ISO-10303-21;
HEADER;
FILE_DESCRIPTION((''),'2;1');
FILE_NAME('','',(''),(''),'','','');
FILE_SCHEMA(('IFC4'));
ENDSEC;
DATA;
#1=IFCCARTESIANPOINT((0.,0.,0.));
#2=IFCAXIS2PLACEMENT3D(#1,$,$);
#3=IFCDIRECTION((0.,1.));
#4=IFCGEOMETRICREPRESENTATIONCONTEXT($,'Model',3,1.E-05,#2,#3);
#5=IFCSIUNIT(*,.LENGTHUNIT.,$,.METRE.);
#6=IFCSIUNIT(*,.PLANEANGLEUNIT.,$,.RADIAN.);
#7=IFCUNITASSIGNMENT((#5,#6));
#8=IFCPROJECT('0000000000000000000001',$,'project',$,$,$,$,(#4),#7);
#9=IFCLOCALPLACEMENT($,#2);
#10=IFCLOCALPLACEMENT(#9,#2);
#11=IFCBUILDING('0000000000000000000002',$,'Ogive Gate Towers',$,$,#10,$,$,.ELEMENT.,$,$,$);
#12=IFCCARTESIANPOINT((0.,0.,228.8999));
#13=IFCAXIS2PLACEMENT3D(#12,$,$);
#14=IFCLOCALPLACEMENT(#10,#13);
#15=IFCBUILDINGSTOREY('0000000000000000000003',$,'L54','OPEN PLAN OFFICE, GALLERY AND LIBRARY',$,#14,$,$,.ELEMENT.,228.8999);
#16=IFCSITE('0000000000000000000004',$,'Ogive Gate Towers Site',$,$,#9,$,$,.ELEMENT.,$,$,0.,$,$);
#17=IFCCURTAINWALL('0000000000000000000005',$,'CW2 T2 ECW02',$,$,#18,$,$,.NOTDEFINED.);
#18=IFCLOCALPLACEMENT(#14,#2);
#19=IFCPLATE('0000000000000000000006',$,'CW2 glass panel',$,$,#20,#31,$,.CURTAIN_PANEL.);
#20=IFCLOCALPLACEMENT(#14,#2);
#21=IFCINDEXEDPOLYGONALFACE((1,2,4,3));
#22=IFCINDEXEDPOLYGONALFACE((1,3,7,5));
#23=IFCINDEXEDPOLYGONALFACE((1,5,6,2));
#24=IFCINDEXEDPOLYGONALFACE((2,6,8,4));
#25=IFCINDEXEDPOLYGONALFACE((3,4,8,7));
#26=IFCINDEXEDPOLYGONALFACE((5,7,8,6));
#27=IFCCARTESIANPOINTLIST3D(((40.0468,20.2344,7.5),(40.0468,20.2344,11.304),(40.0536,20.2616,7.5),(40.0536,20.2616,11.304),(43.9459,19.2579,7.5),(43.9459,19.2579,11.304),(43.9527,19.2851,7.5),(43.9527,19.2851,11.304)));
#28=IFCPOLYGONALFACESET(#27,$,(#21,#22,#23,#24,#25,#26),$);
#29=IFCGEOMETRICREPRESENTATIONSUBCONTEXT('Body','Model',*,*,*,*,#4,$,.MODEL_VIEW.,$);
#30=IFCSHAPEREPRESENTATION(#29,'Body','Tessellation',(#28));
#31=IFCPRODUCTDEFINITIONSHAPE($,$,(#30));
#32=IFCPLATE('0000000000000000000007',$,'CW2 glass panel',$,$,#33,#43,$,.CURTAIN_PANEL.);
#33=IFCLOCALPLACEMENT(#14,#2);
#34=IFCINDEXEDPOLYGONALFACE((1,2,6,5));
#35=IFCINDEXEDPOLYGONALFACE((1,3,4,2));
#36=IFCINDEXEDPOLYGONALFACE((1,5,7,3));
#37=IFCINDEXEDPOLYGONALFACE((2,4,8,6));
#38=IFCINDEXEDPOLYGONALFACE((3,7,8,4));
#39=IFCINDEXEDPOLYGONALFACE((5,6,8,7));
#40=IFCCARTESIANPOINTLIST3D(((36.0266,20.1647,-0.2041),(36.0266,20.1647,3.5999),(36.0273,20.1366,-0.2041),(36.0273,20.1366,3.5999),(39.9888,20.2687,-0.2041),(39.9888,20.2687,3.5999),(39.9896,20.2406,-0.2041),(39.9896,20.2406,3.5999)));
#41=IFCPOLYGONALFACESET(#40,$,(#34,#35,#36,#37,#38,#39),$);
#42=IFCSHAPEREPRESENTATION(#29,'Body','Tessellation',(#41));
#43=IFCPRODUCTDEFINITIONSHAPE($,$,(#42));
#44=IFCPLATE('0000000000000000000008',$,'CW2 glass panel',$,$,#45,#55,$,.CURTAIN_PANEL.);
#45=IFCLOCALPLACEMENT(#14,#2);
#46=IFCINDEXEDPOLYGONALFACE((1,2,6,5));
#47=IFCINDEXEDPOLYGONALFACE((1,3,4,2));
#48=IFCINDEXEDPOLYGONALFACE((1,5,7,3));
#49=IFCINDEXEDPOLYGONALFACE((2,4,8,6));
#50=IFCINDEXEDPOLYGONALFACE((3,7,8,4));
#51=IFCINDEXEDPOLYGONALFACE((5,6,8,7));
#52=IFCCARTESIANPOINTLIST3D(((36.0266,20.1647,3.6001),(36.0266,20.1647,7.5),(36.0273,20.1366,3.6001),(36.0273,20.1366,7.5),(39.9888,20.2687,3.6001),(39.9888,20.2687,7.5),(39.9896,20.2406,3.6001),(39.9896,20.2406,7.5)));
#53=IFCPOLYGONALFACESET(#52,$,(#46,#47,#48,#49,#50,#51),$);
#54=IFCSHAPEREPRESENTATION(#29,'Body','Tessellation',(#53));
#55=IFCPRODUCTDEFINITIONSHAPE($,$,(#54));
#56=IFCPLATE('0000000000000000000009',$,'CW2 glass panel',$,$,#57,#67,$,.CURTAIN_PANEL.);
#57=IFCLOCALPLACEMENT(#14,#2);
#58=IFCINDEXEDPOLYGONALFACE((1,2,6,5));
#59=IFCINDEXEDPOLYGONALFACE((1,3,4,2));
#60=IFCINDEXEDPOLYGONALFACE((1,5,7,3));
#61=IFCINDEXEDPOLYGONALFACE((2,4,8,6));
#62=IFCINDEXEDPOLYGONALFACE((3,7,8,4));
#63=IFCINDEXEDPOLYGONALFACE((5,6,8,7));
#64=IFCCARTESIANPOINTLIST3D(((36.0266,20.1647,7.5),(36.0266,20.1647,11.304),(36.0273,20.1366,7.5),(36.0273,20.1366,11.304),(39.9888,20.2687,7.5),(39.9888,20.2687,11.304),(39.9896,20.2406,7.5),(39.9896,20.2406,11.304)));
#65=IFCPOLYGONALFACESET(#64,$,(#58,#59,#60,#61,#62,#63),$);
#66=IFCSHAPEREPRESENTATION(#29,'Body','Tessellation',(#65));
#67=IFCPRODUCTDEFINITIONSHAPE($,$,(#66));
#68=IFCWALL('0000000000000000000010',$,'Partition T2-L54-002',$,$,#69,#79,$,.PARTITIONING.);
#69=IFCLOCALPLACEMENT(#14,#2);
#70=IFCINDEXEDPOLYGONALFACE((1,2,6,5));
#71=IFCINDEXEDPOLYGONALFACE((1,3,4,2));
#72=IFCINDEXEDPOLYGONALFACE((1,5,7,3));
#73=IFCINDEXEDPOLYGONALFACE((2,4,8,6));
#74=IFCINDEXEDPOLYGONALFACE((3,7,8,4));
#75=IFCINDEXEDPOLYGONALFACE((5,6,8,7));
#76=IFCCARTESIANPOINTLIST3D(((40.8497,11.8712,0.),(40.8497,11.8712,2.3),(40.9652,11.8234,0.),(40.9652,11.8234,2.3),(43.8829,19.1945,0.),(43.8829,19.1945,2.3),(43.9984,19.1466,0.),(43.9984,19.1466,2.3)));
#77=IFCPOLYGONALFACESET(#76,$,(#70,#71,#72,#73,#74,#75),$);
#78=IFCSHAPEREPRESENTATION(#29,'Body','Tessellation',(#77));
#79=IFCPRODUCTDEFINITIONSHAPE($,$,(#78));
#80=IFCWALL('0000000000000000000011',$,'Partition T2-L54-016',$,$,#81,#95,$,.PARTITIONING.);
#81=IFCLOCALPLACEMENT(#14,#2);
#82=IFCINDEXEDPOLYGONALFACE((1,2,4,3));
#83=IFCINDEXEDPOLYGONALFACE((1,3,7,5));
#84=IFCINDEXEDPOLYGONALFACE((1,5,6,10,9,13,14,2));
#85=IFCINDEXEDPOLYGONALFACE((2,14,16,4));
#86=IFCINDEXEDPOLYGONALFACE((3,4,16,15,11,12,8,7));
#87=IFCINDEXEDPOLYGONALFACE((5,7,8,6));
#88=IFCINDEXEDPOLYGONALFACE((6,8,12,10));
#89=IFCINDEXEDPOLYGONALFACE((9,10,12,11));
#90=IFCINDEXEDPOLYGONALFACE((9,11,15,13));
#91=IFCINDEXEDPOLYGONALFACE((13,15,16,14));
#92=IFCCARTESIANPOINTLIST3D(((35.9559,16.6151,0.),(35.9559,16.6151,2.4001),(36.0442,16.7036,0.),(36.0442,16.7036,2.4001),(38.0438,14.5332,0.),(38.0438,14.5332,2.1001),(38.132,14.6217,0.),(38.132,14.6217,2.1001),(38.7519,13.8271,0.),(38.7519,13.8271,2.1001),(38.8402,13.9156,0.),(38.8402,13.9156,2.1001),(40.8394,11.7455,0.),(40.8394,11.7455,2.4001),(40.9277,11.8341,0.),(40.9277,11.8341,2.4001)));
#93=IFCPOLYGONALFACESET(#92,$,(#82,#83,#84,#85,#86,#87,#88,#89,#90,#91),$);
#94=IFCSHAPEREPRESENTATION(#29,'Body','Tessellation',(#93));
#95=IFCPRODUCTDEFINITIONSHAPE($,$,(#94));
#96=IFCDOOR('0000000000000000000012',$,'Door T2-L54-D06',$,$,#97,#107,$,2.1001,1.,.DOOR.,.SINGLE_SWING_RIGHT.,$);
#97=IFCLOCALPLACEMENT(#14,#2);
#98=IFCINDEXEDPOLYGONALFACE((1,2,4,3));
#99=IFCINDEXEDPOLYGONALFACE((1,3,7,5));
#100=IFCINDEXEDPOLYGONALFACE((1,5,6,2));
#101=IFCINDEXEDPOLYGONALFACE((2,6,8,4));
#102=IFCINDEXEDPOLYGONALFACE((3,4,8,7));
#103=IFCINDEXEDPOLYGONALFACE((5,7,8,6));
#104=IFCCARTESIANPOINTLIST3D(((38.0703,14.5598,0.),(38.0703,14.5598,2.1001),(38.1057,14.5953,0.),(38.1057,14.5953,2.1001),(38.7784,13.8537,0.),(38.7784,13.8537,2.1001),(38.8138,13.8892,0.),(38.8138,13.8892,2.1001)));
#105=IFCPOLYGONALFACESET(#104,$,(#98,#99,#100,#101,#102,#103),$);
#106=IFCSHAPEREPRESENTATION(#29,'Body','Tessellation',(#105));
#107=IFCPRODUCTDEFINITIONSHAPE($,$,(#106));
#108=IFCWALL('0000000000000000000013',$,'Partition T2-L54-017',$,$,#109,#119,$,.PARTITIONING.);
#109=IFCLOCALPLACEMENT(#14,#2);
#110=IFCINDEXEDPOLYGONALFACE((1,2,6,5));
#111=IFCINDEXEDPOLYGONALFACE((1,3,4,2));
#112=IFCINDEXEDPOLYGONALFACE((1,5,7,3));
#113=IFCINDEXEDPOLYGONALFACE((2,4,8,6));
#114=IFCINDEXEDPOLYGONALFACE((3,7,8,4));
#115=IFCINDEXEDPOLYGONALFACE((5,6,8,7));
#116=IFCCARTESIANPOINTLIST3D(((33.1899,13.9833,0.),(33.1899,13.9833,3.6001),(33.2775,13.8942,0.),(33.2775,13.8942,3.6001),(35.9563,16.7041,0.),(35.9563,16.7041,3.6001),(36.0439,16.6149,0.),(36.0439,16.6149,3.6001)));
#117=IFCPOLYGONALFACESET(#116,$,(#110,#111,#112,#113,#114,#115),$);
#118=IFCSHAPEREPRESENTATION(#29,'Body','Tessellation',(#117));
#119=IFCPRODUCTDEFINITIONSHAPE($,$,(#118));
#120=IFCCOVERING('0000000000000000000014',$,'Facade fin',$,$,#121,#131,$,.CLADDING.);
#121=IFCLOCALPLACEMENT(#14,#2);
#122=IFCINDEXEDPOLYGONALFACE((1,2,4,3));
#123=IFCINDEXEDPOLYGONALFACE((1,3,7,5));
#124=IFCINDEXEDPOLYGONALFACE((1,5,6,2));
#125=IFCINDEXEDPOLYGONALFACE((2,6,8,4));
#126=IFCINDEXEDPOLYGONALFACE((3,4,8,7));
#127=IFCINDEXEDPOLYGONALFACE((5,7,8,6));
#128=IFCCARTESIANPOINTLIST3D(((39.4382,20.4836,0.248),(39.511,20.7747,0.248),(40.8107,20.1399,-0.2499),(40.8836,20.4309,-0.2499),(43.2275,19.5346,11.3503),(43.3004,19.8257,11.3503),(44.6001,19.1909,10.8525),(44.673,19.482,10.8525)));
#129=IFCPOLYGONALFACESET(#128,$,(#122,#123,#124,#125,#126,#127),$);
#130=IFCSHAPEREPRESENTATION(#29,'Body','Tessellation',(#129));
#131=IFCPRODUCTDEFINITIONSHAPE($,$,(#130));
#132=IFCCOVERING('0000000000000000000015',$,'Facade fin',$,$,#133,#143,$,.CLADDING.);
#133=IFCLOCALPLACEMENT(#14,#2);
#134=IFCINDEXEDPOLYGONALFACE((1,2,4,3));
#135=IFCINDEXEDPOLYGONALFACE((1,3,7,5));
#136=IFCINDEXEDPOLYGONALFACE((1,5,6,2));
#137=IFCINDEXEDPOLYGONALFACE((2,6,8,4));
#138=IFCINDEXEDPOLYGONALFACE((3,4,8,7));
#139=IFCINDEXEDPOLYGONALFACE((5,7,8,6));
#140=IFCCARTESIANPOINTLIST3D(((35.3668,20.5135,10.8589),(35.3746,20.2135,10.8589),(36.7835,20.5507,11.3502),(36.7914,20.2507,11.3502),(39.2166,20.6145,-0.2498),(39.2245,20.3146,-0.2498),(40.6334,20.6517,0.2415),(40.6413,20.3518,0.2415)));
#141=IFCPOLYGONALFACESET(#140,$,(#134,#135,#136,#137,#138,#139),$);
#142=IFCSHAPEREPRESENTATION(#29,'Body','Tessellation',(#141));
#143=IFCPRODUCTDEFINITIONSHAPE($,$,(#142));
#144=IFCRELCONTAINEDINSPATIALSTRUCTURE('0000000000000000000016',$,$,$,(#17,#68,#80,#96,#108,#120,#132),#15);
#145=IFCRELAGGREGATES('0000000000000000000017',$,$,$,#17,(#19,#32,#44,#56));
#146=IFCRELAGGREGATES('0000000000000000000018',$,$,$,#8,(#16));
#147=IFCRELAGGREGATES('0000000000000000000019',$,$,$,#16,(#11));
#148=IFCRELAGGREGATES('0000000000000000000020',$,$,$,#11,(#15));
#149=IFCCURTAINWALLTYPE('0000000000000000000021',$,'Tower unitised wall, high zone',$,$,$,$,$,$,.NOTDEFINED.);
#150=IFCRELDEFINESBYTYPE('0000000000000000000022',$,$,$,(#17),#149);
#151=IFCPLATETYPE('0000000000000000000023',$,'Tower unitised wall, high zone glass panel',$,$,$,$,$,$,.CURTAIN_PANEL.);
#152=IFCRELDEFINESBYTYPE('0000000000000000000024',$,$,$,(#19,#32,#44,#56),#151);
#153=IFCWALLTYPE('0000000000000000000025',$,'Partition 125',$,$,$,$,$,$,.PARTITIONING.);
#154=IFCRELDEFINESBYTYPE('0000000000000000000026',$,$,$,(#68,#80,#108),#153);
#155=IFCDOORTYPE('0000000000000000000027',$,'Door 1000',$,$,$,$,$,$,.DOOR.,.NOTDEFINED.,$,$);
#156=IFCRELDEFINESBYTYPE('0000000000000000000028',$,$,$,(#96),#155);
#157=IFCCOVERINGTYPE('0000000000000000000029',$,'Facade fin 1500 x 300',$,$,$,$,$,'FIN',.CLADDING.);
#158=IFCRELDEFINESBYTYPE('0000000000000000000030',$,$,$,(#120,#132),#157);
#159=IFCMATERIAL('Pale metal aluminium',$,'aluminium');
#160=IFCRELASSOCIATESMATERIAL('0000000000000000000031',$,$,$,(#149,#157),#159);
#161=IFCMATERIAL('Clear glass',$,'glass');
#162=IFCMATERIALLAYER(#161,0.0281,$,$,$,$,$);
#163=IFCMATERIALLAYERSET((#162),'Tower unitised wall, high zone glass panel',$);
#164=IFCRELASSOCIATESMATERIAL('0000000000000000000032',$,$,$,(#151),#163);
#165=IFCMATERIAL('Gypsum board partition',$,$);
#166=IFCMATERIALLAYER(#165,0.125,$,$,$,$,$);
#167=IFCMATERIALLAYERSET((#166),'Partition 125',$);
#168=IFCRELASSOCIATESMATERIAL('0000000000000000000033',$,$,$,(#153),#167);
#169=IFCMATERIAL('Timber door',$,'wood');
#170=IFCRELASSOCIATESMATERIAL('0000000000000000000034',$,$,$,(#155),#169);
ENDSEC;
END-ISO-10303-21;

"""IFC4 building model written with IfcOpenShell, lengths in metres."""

from ifc_helpers import new_model, si_unit, direction, frame, frame_2d, origin, origin_2d, place, context, subcontext, project, spatial, rectangle, extrude, material, layer, layer_set, material_profile, profile_set, type_object, element, fill, aggregate, save


model = new_model("IFC4")

# Units and contexts
model_context = context("Model", 3, precision=1e-05, world=origin(), true_north=direction((0.0, 1.0)))
body_context = subcontext(model_context, "Body", "Model", "MODEL_VIEW")
ifc_project = project(units=[si_unit("LENGTHUNIT", "METRE"), si_unit("PLANEANGLEUNIT", "RADIAN")], contexts=[model_context])

# Site, building, storey
site_placement = place(None, origin())
site = spatial("IfcSite", under=ifc_project, at=site_placement, Name="Ogive Gate Towers Site", CompositionType="ELEMENT", RefElevation=0.0)
building_placement = place(site_placement, origin())
building = spatial("IfcBuilding", under=site, at=building_placement, Name="Ogive Gate Towers", CompositionType="ELEMENT")
storey_placement = place(building_placement, frame((0.0, 0.0, 228.8999)))
storey = spatial("IfcBuildingStorey", under=building, at=storey_placement, Name="L54", Description="OPEN PLAN OFFICE, GALLERY AND LIBRARY", CompositionType="ELEMENT", Elevation=228.8999)

# Curtain wall, plates
ifc_material_1 = material(Name="Pale metal aluminium", Category="aluminium")
curtain_wall_type = type_object("IfcCurtainWallType", Name="Tower unitised wall, high zone", PredefinedType="NOTDEFINED", material=ifc_material_1)
curtain_wall_placement = place(storey_placement, origin())
curtain_wall = element("IfcCurtainWall", 1, at=curtain_wall_placement, inside=storey, type_object=curtain_wall_type, Name="CW2 T2 ECW02", PredefinedType="NOTDEFINED")
ifc_material_2 = material(Name="Clear glass", Category="glass")
ifc_layer_1 = layer(ifc_material_2, 0.0281)
ifc_layer_set_1 = layer_set([ifc_layer_1], Name="Tower unitised wall, high zone glass panel")
plate_type = type_object("IfcPlateType", Name="Tower unitised wall, high zone glass panel", PredefinedType="CURTAIN_PANEL", material=ifc_layer_set_1)
plate_1_placement = place(storey_placement, frame((41.9998, 19.7598, 7.5), z_axis=(0.0, 0.0, 1.0), x_axis=(-0.970042, 0.242938, 0.0)))
plate_1 = element("IfcPlate", 2, at=plate_1_placement, type_object=plate_type, Name="CW2 glass panel", PredefinedType="CURTAIN_PANEL", context=body_context, shape_type="SweptSolid", body=[
    extrude(rectangle(XDim=4.0195, YDim=0.0281, at=origin_2d()), origin(), (0.0, 0.0, 1.0), 3.804),
])
plate_2_placement = place(storey_placement, frame((38.0081, 20.2026, -0.2041), z_axis=(0.0, 0.0, 1.0), x_axis=(-0.999656, -0.026229, 0.0)))
plate_2 = element("IfcPlate", 3, at=plate_2_placement, type_object=plate_type, Name="CW2 glass panel", PredefinedType="CURTAIN_PANEL", context=body_context, shape_type="SweptSolid", body=[
    extrude(rectangle(XDim=3.9636, YDim=0.0281, at=origin_2d()), origin(), (0.0, 0.0, 1.0), 3.804),
])
plate_3_placement = place(storey_placement, frame((38.0081, 20.2026, 3.6001), z_axis=(0.0, 0.0, 1.0), x_axis=(-0.999656, -0.026229, 0.0)))
plate_3 = element("IfcPlate", 4, at=plate_3_placement, type_object=plate_type, Name="CW2 glass panel", PredefinedType="CURTAIN_PANEL", context=body_context, shape_type="SweptSolid", body=[
    extrude(rectangle(XDim=3.9636, YDim=0.0281, at=origin_2d()), origin(), (0.0, 0.0, 1.0), 3.8999),
])
plate_4_placement = place(storey_placement, frame((38.0081, 20.2026, 7.5), z_axis=(0.0, 0.0, 1.0), x_axis=(-0.999656, -0.026229, 0.0)))
plate_4 = element("IfcPlate", 5, at=plate_4_placement, type_object=plate_type, Name="CW2 glass panel", PredefinedType="CURTAIN_PANEL", context=body_context, shape_type="SweptSolid", body=[
    extrude(rectangle(XDim=3.9636, YDim=0.0281, at=origin_2d()), origin(), (0.0, 0.0, 1.0), 3.804),
])
aggregate(curtain_wall, [plate_1, plate_2, plate_3, plate_4])

# Wall
ifc_material_3 = material(Name="Gypsum board partition")
ifc_layer_2 = layer(ifc_material_3, 0.125)
ifc_layer_set_2 = layer_set([ifc_layer_2], Name="Partition 125")
wall_type = type_object("IfcWallType", Name="Partition 125", PredefinedType="PARTITIONING", material=ifc_layer_set_2)
wall_1_placement = place(storey_placement, frame((43.9407, 19.1707, 0.0), z_axis=(0.0, 0.0, 1.0), x_axis=(-0.382664, -0.923888, 0.0)))
element("IfcWall", 6, at=wall_1_placement, inside=storey, type_object=wall_type, Name="Partition T2-L54-002", PredefinedType="PARTITIONING", context=body_context, shape_type="SweptSolid", body=[
    extrude(rectangle(XDim=7.9265, YDim=0.125, at=frame_2d((3.9634, 0.0))), origin(), (0.0, 0.0, 1.0), 2.3),
])

# Wall, opening, door
wall_2_placement = place(storey_placement, frame((40.8835, 11.7898, 0.0), z_axis=(0.0, 0.0, 1.0), x_axis=(-0.708115, 0.706097, 0.0)))
wall_2 = element("IfcWall", 7, at=wall_2_placement, inside=storey, type_object=wall_type, Name="Partition T2-L54-016", PredefinedType="PARTITIONING", context=body_context, shape_type="SweptSolid", body=[
    extrude(rectangle(XDim=6.8965, YDim=0.125, at=frame_2d((3.4482, 0.0))), origin(), (0.0, 0.0, 1.0), 2.4001),
])
opening_placement = place(wall_2_placement, frame((2.948, 0.0, 0.0)))
opening = element("IfcOpeningElement", 8, at=opening_placement, cuts=wall_2, PredefinedType="OPENING", context=body_context, shape_type="SweptSolid", body=[
    extrude(rectangle(XDim=1.0, YDim=2.1001, at=frame_2d((0.5, 1.05))), frame((0.0, 0.0725, 0.0), z_axis=(0.0, -1.0, 0.0), x_axis=(1.0, 0.0, 0.0)), (0.0, 0.0, 1.0), 0.145),
])
ifc_material_4 = material(Name="Timber door", Category="wood")
door_type = type_object("IfcDoorType", Name="Door 1000", OperationType="NOTDEFINED", PredefinedType="DOOR", material=ifc_material_4)
door_placement = place(opening_placement, origin())
door = element("IfcDoor", 9, at=door_placement, inside=storey, type_object=door_type, Name="Door T2-L54-D06", OperationType="SINGLE_SWING_RIGHT", OverallHeight=2.1001, OverallWidth=1.0, PredefinedType="DOOR", context=body_context, shape_type="SweptSolid", body=[
    extrude(rectangle(XDim=1.0, YDim=2.1001, at=frame_2d((0.5, 1.05))), frame((0.0, 0.0249, 0.0), z_axis=(0.0, -1.0, 0.0), x_axis=(1.0, 0.0, 0.0)), (0.0, 0.0, 1.0), 0.05),
])
fill(opening, door)

# Wall
wall_3_placement = place(storey_placement, frame((36.0, 16.6594, 0.0), z_axis=(0.0, 0.0, 1.0), x_axis=(-0.712965, -0.701199, 0.0)))
element("IfcWall", 10, at=wall_3_placement, inside=storey, type_object=wall_type, Name="Partition T2-L54-017", PredefinedType="PARTITIONING", context=body_context, shape_type="SweptSolid", body=[
    extrude(rectangle(XDim=3.8801, YDim=0.125, at=frame_2d((1.9399, 0.0))), origin(), (0.0, 0.0, 1.0), 3.6001),
])

# Coverings
ifc_material_profile_1 = material_profile(ifc_material_1, rectangle(XDim=0.3, YDim=1.5, at=origin_2d()), Name="1500 x 300 pale metal aluminium")
ifc_profile_set_1 = profile_set([ifc_material_profile_1], Name="Pale metal aluminium")
covering_type = type_object("IfcCoveringType", Name="Facade fin 1500 x 300", ElementType="FIN", PredefinedType="CLADDING", material=ifc_profile_set_1)
covering_1_placement = place(storey_placement, frame((40.1609, 20.4573, -0.001), z_axis=(0.321961, -0.08063, 0.943313), x_axis=(0.242933, 0.970043, 0.0)))
element("IfcCovering", 11, at=covering_1_placement, inside=storey, type_object=covering_type, Name="Facade fin", PredefinedType="CLADDING", context=body_context, shape_type="SweptSolid", body=[
    extrude(rectangle(XDim=0.3, YDim=1.5, at=origin_2d()), origin(), (0.0, 0.0, 1.0), 11.7695),
])
covering_2_placement = place(storey_placement, frame((39.929, 20.4832, -0.0042), z_axis=(-0.327444, -0.008597, 0.944831), x_axis=(0.026245, -0.999656, 0.0)))
element("IfcCovering", 12, at=covering_2_placement, inside=storey, type_object=covering_type, Name="Facade fin", PredefinedType="CLADDING", context=body_context, shape_type="SweptSolid", body=[
    extrude(rectangle(XDim=0.3, YDim=1.5, at=origin_2d()), origin(), (0.0, 0.0, 1.0), 11.7573),
])

save(model, "model.ifc")
